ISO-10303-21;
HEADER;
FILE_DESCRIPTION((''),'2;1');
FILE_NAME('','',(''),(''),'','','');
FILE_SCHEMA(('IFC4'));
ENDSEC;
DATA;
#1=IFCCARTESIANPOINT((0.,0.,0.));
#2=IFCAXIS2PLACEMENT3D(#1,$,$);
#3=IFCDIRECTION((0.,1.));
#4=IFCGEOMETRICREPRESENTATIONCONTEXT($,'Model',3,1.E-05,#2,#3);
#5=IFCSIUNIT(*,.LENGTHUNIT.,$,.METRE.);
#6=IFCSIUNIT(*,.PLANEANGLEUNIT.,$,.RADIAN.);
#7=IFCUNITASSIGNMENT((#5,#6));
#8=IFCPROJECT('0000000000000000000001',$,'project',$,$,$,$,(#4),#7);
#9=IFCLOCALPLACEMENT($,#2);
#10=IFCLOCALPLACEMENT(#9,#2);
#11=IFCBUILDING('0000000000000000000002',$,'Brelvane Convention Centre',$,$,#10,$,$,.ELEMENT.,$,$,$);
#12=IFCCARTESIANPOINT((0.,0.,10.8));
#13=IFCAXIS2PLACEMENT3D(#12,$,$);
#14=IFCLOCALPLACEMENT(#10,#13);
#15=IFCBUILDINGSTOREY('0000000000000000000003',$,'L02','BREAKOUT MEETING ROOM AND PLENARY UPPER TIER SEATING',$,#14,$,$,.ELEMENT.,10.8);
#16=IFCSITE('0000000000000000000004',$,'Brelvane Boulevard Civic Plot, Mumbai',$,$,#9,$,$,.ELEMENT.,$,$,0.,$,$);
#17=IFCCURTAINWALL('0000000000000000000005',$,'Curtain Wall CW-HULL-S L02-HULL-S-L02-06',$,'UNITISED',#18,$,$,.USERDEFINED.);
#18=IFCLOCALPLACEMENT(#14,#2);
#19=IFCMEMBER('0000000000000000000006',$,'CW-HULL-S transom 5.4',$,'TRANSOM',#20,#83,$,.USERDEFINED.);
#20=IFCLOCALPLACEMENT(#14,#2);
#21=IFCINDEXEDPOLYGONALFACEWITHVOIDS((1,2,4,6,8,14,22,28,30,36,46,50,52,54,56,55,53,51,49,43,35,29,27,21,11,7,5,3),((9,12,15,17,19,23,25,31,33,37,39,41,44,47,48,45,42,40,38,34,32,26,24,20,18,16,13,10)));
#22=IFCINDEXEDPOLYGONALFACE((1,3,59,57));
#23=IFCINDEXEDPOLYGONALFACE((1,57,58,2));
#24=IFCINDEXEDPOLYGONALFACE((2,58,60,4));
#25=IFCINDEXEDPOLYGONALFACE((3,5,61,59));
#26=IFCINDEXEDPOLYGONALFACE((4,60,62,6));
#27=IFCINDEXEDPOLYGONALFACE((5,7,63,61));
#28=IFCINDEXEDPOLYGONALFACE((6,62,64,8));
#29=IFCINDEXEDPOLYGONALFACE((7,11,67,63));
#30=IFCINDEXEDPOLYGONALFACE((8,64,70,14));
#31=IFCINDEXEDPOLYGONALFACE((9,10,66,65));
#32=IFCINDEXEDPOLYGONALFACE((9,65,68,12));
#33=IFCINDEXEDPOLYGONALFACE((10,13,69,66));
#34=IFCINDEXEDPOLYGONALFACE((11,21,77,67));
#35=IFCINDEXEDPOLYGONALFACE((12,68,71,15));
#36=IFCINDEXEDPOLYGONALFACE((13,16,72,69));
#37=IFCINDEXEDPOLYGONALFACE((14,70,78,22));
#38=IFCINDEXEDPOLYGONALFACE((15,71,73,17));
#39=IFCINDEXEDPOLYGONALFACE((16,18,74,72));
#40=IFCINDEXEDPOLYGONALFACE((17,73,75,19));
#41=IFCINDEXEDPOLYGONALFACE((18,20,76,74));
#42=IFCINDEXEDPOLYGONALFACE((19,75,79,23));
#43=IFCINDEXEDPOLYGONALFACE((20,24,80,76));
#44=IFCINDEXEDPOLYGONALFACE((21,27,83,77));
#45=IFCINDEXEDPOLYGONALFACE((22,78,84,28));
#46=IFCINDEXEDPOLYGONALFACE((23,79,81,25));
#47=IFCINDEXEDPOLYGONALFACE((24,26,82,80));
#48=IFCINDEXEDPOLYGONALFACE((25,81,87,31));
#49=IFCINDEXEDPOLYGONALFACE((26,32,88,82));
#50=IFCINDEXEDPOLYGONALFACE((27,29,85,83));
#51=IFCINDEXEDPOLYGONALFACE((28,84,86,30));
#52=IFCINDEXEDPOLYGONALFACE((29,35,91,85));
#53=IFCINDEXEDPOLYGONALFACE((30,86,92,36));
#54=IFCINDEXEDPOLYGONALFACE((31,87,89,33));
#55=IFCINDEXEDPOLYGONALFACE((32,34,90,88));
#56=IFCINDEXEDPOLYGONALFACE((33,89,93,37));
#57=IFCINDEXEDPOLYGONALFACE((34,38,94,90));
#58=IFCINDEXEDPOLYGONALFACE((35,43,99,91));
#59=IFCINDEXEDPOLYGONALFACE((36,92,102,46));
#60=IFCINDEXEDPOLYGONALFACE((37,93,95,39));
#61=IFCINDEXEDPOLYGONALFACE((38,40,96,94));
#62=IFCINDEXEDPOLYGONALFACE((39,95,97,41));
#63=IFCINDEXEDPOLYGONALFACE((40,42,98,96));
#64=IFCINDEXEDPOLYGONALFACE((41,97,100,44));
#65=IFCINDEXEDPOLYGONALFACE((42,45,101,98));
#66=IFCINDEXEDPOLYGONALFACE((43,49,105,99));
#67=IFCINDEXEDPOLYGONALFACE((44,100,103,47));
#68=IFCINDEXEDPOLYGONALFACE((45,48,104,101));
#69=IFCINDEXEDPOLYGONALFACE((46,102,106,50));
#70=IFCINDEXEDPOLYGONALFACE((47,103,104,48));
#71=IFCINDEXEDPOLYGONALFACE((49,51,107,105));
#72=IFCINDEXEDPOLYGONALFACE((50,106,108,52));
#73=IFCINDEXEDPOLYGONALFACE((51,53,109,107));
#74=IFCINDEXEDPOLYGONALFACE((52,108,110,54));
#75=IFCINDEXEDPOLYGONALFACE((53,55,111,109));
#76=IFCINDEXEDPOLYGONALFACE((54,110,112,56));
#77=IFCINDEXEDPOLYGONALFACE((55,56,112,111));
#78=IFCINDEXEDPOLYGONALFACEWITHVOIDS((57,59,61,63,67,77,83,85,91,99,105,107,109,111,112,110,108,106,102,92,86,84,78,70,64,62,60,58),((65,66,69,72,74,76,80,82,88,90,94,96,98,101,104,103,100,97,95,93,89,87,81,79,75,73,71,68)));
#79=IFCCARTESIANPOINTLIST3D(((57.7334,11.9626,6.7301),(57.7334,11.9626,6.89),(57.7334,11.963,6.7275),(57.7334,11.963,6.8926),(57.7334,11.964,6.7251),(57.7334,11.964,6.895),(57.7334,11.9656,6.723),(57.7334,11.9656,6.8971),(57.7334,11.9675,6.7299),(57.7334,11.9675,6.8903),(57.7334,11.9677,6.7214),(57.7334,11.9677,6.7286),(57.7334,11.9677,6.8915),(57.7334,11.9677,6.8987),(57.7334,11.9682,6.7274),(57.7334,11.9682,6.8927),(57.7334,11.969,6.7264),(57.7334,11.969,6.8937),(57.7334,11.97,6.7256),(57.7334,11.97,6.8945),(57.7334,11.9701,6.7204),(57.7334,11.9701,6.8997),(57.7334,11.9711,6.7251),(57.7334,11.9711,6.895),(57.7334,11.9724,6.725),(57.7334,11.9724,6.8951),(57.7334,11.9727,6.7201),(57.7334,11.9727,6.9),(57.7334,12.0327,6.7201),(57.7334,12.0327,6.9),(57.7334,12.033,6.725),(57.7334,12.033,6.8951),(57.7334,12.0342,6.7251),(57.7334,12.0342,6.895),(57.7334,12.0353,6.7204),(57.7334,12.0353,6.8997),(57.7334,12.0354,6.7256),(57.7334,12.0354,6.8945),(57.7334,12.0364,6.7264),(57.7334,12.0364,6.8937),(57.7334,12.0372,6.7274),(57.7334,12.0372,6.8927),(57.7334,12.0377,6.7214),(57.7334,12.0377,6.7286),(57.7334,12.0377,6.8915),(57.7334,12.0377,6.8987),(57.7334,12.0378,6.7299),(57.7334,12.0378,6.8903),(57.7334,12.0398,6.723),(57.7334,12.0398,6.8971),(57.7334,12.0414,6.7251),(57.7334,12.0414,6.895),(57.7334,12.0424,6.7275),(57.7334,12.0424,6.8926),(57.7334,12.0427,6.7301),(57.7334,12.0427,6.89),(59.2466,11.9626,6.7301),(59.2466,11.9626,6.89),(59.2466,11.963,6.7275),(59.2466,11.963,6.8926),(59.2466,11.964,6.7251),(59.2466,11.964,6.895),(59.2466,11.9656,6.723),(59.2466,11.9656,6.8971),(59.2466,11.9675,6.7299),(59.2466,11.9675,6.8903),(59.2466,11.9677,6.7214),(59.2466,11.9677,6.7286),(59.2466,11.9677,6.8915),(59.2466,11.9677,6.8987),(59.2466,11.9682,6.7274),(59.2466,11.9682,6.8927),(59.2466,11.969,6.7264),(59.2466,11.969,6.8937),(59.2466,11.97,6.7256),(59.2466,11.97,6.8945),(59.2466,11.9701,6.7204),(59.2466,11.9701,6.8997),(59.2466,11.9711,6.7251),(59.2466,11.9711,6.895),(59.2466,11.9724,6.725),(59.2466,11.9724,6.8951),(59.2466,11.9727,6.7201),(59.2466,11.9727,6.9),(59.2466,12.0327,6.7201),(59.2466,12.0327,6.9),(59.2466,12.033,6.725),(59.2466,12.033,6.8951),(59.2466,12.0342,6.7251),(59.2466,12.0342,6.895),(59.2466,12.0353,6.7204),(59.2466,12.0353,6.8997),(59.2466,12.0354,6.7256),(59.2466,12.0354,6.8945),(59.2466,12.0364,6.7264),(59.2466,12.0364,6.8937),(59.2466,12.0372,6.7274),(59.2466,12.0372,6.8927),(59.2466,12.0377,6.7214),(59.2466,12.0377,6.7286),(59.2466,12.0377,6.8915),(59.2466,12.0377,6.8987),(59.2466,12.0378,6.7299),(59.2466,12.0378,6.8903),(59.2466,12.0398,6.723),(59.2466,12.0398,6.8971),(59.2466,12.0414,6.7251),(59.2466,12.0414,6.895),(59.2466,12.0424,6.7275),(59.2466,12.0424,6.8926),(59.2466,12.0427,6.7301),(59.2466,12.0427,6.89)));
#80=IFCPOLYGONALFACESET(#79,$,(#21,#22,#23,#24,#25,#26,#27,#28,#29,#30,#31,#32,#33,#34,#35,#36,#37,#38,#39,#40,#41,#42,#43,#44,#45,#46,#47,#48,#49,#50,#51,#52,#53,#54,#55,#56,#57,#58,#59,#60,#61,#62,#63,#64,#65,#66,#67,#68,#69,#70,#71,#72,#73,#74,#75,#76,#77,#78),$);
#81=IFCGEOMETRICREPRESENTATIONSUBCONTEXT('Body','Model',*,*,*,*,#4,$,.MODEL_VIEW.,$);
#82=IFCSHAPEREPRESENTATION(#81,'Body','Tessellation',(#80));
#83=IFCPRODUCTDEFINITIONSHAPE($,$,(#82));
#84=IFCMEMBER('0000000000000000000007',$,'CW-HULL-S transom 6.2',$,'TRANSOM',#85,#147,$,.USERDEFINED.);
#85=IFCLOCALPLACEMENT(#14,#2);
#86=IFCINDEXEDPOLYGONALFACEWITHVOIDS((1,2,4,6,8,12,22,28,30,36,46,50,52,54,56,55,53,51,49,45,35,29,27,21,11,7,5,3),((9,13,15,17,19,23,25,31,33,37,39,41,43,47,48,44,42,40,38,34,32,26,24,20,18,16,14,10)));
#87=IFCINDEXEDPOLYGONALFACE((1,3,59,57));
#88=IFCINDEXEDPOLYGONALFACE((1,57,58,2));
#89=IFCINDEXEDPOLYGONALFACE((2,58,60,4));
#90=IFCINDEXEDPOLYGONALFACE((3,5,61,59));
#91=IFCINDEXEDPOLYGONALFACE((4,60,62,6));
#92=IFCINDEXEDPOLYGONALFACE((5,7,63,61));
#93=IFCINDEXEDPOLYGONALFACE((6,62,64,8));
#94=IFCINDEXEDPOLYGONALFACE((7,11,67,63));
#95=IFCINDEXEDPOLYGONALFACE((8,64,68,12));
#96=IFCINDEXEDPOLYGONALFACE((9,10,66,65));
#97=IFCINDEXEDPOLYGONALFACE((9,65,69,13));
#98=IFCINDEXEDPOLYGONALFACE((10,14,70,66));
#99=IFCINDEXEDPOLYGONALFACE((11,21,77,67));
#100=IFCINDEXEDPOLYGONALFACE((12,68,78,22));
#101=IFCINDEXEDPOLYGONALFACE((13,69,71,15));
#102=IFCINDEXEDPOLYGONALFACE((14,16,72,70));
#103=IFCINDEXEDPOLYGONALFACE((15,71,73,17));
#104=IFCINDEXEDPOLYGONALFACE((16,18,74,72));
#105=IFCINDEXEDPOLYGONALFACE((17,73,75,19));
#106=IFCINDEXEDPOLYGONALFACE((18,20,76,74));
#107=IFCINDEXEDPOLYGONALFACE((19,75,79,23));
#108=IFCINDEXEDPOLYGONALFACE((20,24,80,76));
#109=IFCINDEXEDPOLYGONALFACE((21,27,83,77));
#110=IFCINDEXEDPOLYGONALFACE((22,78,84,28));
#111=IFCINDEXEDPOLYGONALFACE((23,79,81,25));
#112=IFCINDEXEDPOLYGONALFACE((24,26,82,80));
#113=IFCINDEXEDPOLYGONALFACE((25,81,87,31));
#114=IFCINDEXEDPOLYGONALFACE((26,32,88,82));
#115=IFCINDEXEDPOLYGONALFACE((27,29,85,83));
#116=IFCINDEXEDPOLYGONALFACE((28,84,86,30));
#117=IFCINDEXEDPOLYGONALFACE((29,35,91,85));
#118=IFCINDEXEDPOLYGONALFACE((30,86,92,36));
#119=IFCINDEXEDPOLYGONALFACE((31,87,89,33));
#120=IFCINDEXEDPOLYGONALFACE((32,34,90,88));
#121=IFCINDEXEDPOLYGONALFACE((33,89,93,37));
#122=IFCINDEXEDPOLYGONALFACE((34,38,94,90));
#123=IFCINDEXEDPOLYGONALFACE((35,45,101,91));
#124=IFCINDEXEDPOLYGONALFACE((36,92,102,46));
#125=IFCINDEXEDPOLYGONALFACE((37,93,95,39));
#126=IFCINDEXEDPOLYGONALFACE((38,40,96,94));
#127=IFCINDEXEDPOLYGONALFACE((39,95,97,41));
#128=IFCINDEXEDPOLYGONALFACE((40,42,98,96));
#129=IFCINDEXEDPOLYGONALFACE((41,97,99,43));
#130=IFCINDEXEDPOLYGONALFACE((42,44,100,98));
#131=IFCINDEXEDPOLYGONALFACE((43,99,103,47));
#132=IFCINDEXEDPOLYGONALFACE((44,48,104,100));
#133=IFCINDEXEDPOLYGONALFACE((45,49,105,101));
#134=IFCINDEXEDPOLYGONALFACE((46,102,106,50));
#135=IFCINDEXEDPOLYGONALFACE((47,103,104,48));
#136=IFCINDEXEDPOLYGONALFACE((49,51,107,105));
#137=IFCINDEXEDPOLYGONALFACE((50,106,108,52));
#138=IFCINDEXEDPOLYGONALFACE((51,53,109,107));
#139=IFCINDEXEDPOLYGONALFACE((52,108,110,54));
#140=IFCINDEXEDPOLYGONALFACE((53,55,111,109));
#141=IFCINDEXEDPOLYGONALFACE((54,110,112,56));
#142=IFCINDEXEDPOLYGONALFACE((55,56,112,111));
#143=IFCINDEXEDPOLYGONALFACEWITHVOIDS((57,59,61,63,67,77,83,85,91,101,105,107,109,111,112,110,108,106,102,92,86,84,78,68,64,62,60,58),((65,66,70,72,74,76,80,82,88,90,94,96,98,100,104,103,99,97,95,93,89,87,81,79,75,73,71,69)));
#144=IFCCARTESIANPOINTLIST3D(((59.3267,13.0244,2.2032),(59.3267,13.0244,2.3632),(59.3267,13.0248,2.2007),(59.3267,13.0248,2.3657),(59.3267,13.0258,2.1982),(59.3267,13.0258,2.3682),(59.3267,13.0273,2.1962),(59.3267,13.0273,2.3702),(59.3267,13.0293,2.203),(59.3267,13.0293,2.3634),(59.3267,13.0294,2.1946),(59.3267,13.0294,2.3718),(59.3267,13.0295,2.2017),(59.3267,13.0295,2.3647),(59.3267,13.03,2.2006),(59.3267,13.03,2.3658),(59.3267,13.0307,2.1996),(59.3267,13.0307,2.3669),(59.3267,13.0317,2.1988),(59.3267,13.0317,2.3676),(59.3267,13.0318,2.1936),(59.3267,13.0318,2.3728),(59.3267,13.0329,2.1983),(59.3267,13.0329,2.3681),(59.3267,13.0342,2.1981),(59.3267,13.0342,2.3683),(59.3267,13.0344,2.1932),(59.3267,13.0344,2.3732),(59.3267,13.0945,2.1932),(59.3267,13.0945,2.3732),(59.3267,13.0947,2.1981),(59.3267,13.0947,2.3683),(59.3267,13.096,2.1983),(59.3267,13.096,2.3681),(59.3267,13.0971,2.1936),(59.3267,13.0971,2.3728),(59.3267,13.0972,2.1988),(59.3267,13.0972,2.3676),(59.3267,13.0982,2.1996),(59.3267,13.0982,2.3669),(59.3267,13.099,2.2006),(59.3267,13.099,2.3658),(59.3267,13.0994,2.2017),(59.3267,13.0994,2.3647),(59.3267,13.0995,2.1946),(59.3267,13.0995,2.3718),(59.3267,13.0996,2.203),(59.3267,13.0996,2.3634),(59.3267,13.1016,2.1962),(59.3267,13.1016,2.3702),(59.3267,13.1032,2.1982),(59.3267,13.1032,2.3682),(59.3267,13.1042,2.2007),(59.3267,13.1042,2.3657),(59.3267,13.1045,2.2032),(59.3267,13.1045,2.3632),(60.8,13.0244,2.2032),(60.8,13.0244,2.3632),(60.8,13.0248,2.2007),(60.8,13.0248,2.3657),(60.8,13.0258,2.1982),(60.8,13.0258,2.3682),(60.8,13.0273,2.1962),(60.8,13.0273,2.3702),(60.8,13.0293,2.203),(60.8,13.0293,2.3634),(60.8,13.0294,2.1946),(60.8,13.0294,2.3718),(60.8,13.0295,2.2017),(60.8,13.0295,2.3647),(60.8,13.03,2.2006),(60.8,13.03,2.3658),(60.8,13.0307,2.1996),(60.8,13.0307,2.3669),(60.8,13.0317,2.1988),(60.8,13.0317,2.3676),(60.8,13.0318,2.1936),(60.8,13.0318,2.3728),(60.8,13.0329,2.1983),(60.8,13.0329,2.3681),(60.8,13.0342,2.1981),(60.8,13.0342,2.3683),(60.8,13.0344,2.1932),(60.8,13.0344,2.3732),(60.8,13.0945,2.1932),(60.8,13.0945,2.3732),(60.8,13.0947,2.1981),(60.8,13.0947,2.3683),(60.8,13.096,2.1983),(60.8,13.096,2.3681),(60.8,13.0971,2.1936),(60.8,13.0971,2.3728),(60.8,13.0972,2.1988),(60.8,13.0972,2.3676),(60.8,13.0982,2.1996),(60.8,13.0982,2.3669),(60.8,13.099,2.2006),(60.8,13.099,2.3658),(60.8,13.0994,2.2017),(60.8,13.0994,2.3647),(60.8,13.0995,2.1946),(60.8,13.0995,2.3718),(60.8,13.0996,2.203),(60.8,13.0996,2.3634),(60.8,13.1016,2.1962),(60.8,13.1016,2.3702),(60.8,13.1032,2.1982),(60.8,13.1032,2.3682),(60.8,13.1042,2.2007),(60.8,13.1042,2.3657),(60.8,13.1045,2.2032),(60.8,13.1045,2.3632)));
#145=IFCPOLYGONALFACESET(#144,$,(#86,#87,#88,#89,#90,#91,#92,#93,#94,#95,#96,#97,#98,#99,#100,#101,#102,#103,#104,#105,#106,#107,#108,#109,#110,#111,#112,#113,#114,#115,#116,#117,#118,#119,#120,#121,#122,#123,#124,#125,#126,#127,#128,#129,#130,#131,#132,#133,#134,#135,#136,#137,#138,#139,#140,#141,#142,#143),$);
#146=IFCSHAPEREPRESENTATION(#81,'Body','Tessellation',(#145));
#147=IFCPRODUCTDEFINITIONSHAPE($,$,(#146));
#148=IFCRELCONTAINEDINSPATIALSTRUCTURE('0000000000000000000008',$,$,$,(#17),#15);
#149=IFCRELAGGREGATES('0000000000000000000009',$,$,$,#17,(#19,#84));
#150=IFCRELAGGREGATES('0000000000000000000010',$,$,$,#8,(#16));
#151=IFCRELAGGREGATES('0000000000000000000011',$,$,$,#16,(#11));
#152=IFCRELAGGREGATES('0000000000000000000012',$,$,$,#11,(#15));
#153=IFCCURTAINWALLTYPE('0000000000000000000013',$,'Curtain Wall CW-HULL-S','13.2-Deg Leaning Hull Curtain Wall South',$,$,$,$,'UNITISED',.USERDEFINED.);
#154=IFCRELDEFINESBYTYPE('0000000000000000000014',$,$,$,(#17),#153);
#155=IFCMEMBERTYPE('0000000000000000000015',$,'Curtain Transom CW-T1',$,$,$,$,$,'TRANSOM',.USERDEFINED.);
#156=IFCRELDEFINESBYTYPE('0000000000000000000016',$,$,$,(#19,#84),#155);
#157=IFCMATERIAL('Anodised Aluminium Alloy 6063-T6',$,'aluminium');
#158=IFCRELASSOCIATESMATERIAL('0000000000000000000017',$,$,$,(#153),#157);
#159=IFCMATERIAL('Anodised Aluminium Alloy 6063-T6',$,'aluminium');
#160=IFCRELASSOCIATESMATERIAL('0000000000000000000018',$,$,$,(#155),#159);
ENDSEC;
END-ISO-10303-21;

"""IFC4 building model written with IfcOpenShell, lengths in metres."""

from ifc_helpers import new_model, si_unit, direction, frame, origin, origin_2d, place, context, subcontext, project, spatial, hollow_rectangle, extrude, material, material_profile, profile_set, type_object, element, aggregate, save


model = new_model("IFC4")

# Units and contexts
model_context = context("Model", 3, precision=1e-05, world=origin(), true_north=direction((0.0, 1.0)))
body_context = subcontext(model_context, "Body", "Model", "MODEL_VIEW")
ifc_project = project(units=[si_unit("LENGTHUNIT", "METRE"), si_unit("PLANEANGLEUNIT", "RADIAN")], contexts=[model_context])

# Site, building, storey
site_placement = place(None, origin())
site = spatial("IfcSite", under=ifc_project, at=site_placement, Name="Brelvane Boulevard Civic Plot, Mumbai", CompositionType="ELEMENT", RefElevation=0.0)
building_placement = place(site_placement, origin())
building = spatial("IfcBuilding", under=site, at=building_placement, Name="Brelvane Convention Centre", CompositionType="ELEMENT")
storey_placement = place(building_placement, frame((0.0, 0.0, 10.8)))
storey = spatial("IfcBuildingStorey", under=building, at=storey_placement, Name="L02", Description="BREAKOUT MEETING ROOM AND PLENARY UPPER TIER SEATING", CompositionType="ELEMENT", Elevation=10.8)

# Curtain wall, members
ifc_material_1 = material(Name="Anodised Aluminium Alloy 6063-T6", Category="aluminium")
curtain_wall_type = type_object("IfcCurtainWallType", Name="Curtain Wall CW-HULL-S", Description="13.2-Deg Leaning Hull Curtain Wall South", ElementType="UNITISED", PredefinedType="USERDEFINED", material=ifc_material_1)
curtain_wall_placement = place(storey_placement, origin())
curtain_wall = element("IfcCurtainWall", 1, at=curtain_wall_placement, inside=storey, type_object=curtain_wall_type, Name="Curtain Wall CW-HULL-S L02-HULL-S-L02-06", ObjectType="UNITISED", PredefinedType="USERDEFINED")
ifc_material_2 = material(Name="Anodised Aluminium Alloy 6063-T6", Category="aluminium")
ifc_material_profile = material_profile(ifc_material_2, hollow_rectangle(XDim=0.0801, YDim=0.1799, WallThickness=0.0049, InnerFilletRadius=0.0049, OuterFilletRadius=0.01, at=origin_2d()), Name="ALU-T 180x80x5.0")
ifc_profile_set = profile_set([ifc_material_profile], Name="Anodised Aluminium Alloy 6063-T6")
member_type = type_object("IfcMemberType", Name="Curtain Transom CW-T1", ElementType="TRANSOM", PredefinedType="USERDEFINED", material=ifc_profile_set)
member_1_placement = place(storey_placement, frame((57.7334, 12.0027, 6.8101), z_axis=(1.0, 0.0, 0.0), x_axis=(0.0, 1.0, 0.0)))
member_1 = element("IfcMember", 2, at=member_1_placement, type_object=member_type, Name="CW-HULL-S transom 5.4", ObjectType="TRANSOM", PredefinedType="USERDEFINED", context=body_context, shape_type="SweptSolid", body=[
    extrude(hollow_rectangle(XDim=0.0801, YDim=0.1799, WallThickness=0.0049, InnerFilletRadius=0.0049, OuterFilletRadius=0.01, at=origin_2d()), origin(), (0.0, 0.0, 1.0), 1.5132),
])
member_2_placement = place(storey_placement, frame((59.3267, 13.0645, 2.2832), z_axis=(1.0, 0.0, 0.0), x_axis=(0.0, 1.0, 0.0)))
member_2 = element("IfcMember", 3, at=member_2_placement, type_object=member_type, Name="CW-HULL-S transom 6.2", ObjectType="TRANSOM", PredefinedType="USERDEFINED", context=body_context, shape_type="SweptSolid", body=[
    extrude(hollow_rectangle(XDim=0.0801, YDim=0.1799, WallThickness=0.0049, InnerFilletRadius=0.0049, OuterFilletRadius=0.01, at=origin_2d()), origin(), (0.0, 0.0, 1.0), 1.4734),
])
aggregate(curtain_wall, [member_1, member_2])

save(model, "model.ifc")
